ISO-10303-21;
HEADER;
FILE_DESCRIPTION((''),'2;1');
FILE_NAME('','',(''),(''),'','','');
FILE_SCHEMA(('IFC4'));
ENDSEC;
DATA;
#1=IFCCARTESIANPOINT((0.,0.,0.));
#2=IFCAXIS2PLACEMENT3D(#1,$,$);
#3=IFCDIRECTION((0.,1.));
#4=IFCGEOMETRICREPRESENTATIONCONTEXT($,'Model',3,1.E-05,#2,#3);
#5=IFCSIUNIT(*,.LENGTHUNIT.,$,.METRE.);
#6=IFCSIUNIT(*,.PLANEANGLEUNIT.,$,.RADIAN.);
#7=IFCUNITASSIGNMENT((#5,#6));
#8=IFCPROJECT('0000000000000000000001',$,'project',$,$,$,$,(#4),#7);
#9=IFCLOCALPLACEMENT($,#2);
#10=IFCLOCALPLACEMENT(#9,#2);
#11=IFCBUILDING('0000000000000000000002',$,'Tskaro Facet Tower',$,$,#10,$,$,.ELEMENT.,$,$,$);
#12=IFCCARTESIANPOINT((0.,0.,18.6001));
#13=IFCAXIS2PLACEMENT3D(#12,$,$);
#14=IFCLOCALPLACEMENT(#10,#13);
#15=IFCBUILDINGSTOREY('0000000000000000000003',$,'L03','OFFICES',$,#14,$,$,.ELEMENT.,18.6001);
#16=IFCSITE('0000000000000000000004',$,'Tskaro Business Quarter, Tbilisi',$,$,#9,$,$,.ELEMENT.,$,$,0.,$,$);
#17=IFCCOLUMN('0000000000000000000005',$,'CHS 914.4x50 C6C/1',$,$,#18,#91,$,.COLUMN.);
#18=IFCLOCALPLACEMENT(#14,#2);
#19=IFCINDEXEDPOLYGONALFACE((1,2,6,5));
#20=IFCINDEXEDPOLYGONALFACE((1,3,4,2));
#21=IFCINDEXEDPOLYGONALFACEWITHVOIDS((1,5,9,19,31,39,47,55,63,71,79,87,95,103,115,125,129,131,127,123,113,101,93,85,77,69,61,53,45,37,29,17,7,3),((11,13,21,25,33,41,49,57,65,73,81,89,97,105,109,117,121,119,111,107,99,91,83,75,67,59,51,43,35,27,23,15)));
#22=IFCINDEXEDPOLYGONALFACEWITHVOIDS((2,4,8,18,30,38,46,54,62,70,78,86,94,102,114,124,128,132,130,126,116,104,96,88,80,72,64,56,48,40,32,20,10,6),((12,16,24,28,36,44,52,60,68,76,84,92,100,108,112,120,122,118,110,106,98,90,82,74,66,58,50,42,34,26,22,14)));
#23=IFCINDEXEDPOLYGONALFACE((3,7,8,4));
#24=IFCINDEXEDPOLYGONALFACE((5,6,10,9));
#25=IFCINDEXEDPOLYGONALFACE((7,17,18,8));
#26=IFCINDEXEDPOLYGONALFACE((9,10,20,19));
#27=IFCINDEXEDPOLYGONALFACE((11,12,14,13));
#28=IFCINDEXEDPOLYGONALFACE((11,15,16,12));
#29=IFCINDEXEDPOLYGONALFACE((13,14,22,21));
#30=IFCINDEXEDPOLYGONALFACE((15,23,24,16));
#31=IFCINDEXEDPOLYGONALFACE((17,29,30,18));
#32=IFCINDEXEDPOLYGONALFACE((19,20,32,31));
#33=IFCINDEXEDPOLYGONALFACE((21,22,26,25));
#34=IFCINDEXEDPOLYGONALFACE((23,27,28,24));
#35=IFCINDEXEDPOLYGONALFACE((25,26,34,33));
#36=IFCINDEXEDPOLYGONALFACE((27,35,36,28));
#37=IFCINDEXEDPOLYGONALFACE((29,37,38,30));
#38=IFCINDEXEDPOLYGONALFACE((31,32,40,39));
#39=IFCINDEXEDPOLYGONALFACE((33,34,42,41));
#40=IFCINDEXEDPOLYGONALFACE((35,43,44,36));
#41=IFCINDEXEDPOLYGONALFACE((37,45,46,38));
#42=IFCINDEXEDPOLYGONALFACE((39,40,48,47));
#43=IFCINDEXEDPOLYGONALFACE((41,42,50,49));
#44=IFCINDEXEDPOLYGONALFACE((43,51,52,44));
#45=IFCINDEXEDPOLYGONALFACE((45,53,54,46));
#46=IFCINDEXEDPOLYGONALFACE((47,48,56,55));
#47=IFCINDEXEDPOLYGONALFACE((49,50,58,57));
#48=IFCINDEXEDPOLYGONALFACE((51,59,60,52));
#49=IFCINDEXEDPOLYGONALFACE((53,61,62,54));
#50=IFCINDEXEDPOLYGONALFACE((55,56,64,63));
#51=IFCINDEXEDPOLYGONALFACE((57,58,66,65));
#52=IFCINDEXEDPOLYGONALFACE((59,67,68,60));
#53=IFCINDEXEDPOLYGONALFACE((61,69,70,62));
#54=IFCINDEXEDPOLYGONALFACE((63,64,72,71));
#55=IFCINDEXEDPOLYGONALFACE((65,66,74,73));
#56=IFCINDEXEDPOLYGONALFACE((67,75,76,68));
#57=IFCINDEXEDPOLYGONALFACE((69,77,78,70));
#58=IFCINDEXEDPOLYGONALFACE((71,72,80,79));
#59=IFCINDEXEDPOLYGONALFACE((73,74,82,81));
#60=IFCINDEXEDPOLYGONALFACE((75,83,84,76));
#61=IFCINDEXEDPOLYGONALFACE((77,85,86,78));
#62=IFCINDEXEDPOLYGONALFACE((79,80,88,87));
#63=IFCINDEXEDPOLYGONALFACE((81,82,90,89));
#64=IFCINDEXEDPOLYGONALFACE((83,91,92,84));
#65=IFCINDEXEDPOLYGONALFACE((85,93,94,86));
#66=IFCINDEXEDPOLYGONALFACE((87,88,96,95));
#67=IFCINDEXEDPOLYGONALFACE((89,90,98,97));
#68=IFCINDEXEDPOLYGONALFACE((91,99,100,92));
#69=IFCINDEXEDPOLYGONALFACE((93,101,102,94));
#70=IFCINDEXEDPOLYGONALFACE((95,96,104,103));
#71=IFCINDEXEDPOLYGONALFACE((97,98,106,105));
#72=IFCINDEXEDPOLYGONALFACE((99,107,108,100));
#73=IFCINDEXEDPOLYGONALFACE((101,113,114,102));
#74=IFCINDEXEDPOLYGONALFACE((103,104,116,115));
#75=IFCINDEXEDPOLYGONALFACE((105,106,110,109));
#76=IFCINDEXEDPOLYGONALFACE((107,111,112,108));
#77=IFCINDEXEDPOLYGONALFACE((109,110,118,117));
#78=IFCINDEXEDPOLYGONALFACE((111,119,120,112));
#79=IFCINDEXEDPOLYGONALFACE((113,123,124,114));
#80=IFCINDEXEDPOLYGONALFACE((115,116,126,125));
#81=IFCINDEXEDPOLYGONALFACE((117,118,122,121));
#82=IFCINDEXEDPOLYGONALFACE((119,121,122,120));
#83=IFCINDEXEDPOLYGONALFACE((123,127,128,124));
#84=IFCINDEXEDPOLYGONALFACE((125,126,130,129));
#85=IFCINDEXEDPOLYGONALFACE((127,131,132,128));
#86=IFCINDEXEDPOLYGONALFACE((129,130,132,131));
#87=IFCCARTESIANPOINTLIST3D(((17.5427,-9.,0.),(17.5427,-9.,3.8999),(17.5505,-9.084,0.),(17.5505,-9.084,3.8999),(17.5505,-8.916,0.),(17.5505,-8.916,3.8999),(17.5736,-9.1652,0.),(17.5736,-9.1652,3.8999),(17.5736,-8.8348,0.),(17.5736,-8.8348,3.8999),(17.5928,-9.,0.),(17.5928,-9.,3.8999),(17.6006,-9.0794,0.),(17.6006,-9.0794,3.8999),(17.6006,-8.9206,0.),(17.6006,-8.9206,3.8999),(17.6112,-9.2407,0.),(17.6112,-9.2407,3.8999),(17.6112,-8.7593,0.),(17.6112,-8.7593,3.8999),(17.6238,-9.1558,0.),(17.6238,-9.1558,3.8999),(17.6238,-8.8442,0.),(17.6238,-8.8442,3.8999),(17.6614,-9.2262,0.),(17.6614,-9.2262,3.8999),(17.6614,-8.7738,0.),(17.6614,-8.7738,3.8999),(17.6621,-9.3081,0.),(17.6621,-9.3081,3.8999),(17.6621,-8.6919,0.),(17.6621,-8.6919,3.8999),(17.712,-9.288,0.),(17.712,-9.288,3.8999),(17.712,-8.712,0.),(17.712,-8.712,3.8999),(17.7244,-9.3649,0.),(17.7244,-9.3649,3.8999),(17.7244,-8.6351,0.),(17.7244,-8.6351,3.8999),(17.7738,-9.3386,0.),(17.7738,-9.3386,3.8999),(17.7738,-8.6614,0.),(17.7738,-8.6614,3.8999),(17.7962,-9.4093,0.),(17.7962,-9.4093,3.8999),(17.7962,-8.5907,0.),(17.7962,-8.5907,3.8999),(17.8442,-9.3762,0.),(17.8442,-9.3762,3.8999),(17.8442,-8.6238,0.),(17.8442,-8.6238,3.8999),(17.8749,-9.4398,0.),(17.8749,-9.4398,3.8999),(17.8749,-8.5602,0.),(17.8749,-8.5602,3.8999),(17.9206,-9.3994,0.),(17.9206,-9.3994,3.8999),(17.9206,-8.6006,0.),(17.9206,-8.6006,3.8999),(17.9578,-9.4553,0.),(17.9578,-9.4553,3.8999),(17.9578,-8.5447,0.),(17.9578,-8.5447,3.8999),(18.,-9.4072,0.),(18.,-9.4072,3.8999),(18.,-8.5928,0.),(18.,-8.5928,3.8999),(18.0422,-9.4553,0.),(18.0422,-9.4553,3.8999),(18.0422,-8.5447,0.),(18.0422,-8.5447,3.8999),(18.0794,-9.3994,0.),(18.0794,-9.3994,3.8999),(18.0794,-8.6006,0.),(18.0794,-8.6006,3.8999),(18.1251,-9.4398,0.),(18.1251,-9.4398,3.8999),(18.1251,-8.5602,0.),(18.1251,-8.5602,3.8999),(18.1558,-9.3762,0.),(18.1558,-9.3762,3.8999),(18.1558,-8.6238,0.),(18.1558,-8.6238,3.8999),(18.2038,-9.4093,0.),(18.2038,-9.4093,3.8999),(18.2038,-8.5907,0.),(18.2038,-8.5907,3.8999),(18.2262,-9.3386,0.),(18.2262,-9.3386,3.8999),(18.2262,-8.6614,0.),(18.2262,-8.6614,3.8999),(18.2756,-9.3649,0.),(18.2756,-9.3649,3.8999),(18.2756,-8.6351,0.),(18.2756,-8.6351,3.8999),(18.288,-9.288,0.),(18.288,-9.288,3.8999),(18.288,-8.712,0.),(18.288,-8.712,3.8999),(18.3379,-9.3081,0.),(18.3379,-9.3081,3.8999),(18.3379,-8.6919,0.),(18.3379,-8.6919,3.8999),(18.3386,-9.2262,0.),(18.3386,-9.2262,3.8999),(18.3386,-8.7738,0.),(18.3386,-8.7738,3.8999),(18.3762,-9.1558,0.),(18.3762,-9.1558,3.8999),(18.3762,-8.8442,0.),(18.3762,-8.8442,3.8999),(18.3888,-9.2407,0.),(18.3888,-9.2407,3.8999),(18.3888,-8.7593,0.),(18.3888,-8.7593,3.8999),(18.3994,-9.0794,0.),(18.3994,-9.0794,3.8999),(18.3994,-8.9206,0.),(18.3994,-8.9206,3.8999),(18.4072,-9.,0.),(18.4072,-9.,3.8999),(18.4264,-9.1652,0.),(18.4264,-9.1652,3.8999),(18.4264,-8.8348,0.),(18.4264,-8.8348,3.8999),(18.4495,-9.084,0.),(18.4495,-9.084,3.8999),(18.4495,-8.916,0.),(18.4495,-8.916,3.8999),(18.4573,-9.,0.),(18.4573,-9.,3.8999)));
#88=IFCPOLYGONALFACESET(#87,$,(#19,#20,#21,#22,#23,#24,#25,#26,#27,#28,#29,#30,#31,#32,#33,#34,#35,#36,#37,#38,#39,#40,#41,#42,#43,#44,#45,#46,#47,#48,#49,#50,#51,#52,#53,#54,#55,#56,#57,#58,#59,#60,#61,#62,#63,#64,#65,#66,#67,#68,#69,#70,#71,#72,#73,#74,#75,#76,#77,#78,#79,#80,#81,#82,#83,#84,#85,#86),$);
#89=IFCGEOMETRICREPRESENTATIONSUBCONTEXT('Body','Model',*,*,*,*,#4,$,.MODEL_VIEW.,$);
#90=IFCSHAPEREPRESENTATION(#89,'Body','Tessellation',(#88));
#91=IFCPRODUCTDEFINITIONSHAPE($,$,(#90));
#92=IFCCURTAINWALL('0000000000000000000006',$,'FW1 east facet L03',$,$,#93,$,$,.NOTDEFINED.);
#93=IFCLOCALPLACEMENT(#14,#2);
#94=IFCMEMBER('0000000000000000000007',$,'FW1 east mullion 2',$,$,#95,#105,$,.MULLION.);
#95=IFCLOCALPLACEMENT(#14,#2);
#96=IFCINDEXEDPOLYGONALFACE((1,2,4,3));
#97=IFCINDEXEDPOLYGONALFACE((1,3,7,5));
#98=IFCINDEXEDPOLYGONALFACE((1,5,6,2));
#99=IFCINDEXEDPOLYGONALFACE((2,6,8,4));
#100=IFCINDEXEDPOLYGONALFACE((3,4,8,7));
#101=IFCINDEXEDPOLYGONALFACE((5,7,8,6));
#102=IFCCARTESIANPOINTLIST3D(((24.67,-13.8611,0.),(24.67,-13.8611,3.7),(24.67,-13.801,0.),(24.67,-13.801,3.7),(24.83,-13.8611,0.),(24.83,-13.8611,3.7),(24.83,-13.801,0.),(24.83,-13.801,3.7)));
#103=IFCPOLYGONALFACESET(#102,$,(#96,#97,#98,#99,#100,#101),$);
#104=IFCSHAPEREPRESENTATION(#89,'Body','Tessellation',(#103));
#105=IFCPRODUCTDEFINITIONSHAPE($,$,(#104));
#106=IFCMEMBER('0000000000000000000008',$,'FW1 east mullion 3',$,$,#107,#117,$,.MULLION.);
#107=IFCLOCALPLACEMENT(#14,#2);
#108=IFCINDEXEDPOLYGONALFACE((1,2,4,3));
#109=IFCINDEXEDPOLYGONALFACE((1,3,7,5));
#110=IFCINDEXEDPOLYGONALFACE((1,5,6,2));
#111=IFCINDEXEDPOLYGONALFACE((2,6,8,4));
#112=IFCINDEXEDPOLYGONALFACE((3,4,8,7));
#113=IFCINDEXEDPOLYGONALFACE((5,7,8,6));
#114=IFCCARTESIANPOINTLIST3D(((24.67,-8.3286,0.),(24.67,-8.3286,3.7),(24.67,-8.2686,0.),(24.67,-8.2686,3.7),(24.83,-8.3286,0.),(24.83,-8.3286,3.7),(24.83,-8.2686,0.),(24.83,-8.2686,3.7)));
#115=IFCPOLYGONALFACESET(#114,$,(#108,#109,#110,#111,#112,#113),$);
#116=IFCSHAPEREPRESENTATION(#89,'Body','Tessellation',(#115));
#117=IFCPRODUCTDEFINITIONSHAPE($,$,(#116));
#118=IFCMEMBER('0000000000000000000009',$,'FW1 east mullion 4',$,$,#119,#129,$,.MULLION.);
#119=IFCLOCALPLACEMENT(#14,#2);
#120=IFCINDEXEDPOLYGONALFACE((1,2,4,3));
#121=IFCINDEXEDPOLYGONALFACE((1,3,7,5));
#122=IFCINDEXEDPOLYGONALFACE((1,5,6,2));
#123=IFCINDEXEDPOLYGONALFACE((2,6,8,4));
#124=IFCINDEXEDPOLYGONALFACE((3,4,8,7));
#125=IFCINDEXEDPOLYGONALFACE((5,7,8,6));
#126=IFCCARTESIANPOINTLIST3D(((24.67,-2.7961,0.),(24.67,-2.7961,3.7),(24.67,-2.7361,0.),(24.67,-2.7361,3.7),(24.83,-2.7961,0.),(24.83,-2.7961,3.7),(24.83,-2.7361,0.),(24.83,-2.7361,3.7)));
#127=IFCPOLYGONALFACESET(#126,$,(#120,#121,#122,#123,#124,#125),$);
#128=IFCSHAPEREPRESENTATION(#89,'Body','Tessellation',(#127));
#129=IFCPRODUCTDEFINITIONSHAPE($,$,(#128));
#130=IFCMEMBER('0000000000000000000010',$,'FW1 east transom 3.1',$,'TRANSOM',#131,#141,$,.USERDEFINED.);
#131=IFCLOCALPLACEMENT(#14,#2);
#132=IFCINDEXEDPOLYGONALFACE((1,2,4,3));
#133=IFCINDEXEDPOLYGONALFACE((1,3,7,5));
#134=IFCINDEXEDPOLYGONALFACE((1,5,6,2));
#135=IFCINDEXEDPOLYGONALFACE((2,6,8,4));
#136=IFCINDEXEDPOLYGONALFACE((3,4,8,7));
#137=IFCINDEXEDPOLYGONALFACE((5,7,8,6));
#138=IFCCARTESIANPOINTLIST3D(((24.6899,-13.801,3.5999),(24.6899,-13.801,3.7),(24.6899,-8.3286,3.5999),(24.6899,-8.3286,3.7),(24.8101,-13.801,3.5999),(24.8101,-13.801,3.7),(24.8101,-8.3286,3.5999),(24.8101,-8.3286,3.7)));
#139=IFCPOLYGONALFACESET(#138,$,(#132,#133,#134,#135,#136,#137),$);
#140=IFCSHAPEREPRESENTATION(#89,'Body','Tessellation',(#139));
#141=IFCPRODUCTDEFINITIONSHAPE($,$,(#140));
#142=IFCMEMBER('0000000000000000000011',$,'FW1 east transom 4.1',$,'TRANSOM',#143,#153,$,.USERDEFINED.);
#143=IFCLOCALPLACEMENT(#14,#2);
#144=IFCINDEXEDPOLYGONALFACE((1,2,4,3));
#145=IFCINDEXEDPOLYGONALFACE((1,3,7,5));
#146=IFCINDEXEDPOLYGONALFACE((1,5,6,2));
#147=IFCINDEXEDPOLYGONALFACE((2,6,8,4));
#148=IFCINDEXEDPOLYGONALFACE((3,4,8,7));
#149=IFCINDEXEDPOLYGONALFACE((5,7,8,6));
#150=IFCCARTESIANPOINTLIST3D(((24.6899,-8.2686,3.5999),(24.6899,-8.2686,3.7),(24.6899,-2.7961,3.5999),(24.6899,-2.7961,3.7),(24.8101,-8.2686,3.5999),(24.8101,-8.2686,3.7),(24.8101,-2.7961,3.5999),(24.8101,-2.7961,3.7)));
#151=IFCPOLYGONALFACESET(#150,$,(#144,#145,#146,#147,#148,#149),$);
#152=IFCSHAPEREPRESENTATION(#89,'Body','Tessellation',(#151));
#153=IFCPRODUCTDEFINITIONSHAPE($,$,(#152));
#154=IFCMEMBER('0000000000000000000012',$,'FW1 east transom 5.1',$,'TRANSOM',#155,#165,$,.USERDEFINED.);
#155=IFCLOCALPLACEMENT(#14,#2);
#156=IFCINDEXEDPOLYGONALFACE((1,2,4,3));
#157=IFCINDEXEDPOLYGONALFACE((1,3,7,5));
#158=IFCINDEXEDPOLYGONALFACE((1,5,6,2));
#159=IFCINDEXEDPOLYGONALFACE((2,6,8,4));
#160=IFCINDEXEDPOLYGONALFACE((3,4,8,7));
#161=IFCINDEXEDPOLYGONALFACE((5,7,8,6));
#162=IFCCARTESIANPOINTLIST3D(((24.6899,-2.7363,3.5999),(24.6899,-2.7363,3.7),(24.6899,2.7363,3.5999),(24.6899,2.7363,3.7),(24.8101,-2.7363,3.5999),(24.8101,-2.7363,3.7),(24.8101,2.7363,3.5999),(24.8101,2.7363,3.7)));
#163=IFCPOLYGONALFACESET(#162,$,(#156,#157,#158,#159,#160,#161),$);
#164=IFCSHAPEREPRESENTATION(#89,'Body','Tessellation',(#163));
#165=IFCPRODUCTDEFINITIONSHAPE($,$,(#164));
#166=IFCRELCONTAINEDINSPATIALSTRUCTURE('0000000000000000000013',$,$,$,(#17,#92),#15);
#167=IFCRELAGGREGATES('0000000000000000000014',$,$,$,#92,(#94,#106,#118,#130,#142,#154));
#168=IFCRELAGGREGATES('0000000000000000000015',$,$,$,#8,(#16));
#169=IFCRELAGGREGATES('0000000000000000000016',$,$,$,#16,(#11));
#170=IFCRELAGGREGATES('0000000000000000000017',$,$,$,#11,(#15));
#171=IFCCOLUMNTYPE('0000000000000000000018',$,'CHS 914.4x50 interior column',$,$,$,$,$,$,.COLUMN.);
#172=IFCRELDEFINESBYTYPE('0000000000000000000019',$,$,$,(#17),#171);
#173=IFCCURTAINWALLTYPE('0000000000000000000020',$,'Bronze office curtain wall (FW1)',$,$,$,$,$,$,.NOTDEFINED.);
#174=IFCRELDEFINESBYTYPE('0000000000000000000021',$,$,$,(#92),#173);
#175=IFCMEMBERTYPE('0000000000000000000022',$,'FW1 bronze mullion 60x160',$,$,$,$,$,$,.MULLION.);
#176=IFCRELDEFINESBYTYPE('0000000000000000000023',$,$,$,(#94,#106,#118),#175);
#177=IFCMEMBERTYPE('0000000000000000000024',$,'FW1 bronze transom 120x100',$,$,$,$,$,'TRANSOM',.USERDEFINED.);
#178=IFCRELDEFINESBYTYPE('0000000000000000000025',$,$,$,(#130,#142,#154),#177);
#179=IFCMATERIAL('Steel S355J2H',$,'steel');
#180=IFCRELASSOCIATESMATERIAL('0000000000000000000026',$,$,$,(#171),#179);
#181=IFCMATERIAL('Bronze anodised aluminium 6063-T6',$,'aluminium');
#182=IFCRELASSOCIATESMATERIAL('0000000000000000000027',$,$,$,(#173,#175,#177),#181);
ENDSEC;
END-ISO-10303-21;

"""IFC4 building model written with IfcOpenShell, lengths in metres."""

from ifc_helpers import new_model, si_unit, direction, frame, origin, origin_2d, place, context, subcontext, project, spatial, rectangle, hollow_circle, extrude, material, material_profile, profile_set, type_object, element, aggregate, save


model = new_model("IFC4")

# Units and contexts
model_context = context("Model", 3, precision=1e-05, world=origin(), true_north=direction((0.0, 1.0)))
body_context = subcontext(model_context, "Body", "Model", "MODEL_VIEW")
ifc_project = project(units=[si_unit("LENGTHUNIT", "METRE"), si_unit("PLANEANGLEUNIT", "RADIAN")], contexts=[model_context])

# Site, building, storey
site_placement = place(None, origin())
site = spatial("IfcSite", under=ifc_project, at=site_placement, Name="Tskaro Business Quarter, Tbilisi", CompositionType="ELEMENT", RefElevation=0.0)
building_placement = place(site_placement, origin())
building = spatial("IfcBuilding", under=site, at=building_placement, Name="Tskaro Facet Tower", CompositionType="ELEMENT")
storey_placement = place(building_placement, frame((0.0, 0.0, 18.6001)))
storey = spatial("IfcBuildingStorey", under=building, at=storey_placement, Name="L03", Description="OFFICES", CompositionType="ELEMENT", Elevation=18.6001)

# Column
ifc_material_1 = material(Name="Steel S355J2H", Category="steel")
ifc_material_profile_1 = material_profile(ifc_material_1, hollow_circle(Radius=0.4573, WallThickness=0.05, at=origin_2d()), Name="CHS 914.4x50")
ifc_profile_set_1 = profile_set([ifc_material_profile_1], Name="Steel S355J2H")
column_type_1 = type_object("IfcColumnType", Name="CHS 914.4x50 interior column", PredefinedType="COLUMN", material=ifc_profile_set_1)
column_placement = place(storey_placement, frame((18.0, -9.0, 0.0), z_axis=(0.0, 0.0, 1.0), x_axis=(1.0, 0.0, 0.0)))
element("IfcColumn", 1, at=column_placement, inside=storey, type_object=column_type_1, Name="CHS 914.4x50 C6C/1", PredefinedType="COLUMN", context=body_context, shape_type="SweptSolid", body=[
    extrude(hollow_circle(Radius=0.4573, WallThickness=0.05, at=origin_2d()), origin(), (0.0, 0.0, 1.0), 3.8999),
])

# Curtain wall, members
ifc_material_2 = material(Name="Bronze anodised aluminium 6063-T6", Category="aluminium")
curtain_wall_type = type_object("IfcCurtainWallType", Name="Bronze office curtain wall (FW1)", PredefinedType="NOTDEFINED", material=ifc_material_2)
curtain_wall_placement = place(storey_placement, origin())
curtain_wall = element("IfcCurtainWall", 2, at=curtain_wall_placement, inside=storey, type_object=curtain_wall_type, Name="FW1 east facet L03", PredefinedType="NOTDEFINED")
ifc_material_profile_2 = material_profile(ifc_material_2, rectangle(XDim=0.0601, YDim=0.1599, at=origin_2d()), Name="Mullion 60x160")
ifc_profile_set_2 = profile_set([ifc_material_profile_2], Name="Bronze anodised aluminium 6063-T6")
member_type_1 = type_object("IfcMemberType", Name="FW1 bronze mullion 60x160", PredefinedType="MULLION", material=ifc_profile_set_2)
member_1_placement = place(storey_placement, frame((24.75, -13.8311, 0.0), z_axis=(0.0, 0.0, 1.0), x_axis=(0.0, 1.0, 0.0)))
member_1 = element("IfcMember", 3, at=member_1_placement, type_object=member_type_1, Name="FW1 east mullion 2", PredefinedType="MULLION", context=body_context, shape_type="SweptSolid", body=[
    extrude(rectangle(XDim=0.0601, YDim=0.1599, at=origin_2d()), origin(), (0.0, 0.0, 1.0), 3.7),
])
member_2_placement = place(storey_placement, frame((24.75, -8.2986, 0.0), z_axis=(0.0, 0.0, 1.0), x_axis=(0.0, 1.0, 0.0)))
member_2 = element("IfcMember", 4, at=member_2_placement, type_object=member_type_1, Name="FW1 east mullion 3", PredefinedType="MULLION", context=body_context, shape_type="SweptSolid", body=[
    extrude(rectangle(XDim=0.0601, YDim=0.1599, at=origin_2d()), origin(), (0.0, 0.0, 1.0), 3.7),
])
member_3_placement = place(storey_placement, frame((24.75, -2.7661, 0.0), z_axis=(0.0, 0.0, 1.0), x_axis=(0.0, 1.0, 0.0)))
member_3 = element("IfcMember", 5, at=member_3_placement, type_object=member_type_1, Name="FW1 east mullion 4", PredefinedType="MULLION", context=body_context, shape_type="SweptSolid", body=[
    extrude(rectangle(XDim=0.0601, YDim=0.1599, at=origin_2d()), origin(), (0.0, 0.0, 1.0), 3.7),
])
ifc_material_profile_3 = material_profile(ifc_material_2, rectangle(XDim=0.1201, YDim=0.1001, at=origin_2d()), Name="Transom 120x100")
ifc_profile_set_3 = profile_set([ifc_material_profile_3], Name="Bronze anodised aluminium 6063-T6")
member_type_2 = type_object("IfcMemberType", Name="FW1 bronze transom 120x100", ElementType="TRANSOM", PredefinedType="USERDEFINED", material=ifc_profile_set_3)
member_4_placement = place(storey_placement, frame((24.75, -13.801, 3.6499), z_axis=(0.0, 1.0, 0.0), x_axis=(-1.0, 0.0, 0.0)))
member_4 = element("IfcMember", 6, at=member_4_placement, type_object=member_type_2, Name="FW1 east transom 3.1", ObjectType="TRANSOM", PredefinedType="USERDEFINED", context=body_context, shape_type="SweptSolid", body=[
    extrude(rectangle(XDim=0.1201, YDim=0.1001, at=origin_2d()), origin(), (0.0, 0.0, 1.0), 5.4724),
])
member_5_placement = place(storey_placement, frame((24.75, -8.2686, 3.6499), z_axis=(0.0, 1.0, 0.0), x_axis=(-1.0, 0.0, 0.0)))
member_5 = element("IfcMember", 7, at=member_5_placement, type_object=member_type_2, Name="FW1 east transom 4.1", ObjectType="TRANSOM", PredefinedType="USERDEFINED", context=body_context, shape_type="SweptSolid", body=[
    extrude(rectangle(XDim=0.1201, YDim=0.1001, at=origin_2d()), origin(), (0.0, 0.0, 1.0), 5.4724),
])
member_6_placement = place(storey_placement, frame((24.75, -2.7363, 3.6499), z_axis=(0.0, 1.0, 0.0), x_axis=(-1.0, 0.0, 0.0)))
member_6 = element("IfcMember", 8, at=member_6_placement, type_object=member_type_2, Name="FW1 east transom 5.1", ObjectType="TRANSOM", PredefinedType="USERDEFINED", context=body_context, shape_type="SweptSolid", body=[
    extrude(rectangle(XDim=0.1201, YDim=0.1001, at=origin_2d()), origin(), (0.0, 0.0, 1.0), 5.4727),
])

aggregate(curtain_wall, [member_1, member_2, member_3, member_4, member_5, member_6])

save(model, "model.ifc")
